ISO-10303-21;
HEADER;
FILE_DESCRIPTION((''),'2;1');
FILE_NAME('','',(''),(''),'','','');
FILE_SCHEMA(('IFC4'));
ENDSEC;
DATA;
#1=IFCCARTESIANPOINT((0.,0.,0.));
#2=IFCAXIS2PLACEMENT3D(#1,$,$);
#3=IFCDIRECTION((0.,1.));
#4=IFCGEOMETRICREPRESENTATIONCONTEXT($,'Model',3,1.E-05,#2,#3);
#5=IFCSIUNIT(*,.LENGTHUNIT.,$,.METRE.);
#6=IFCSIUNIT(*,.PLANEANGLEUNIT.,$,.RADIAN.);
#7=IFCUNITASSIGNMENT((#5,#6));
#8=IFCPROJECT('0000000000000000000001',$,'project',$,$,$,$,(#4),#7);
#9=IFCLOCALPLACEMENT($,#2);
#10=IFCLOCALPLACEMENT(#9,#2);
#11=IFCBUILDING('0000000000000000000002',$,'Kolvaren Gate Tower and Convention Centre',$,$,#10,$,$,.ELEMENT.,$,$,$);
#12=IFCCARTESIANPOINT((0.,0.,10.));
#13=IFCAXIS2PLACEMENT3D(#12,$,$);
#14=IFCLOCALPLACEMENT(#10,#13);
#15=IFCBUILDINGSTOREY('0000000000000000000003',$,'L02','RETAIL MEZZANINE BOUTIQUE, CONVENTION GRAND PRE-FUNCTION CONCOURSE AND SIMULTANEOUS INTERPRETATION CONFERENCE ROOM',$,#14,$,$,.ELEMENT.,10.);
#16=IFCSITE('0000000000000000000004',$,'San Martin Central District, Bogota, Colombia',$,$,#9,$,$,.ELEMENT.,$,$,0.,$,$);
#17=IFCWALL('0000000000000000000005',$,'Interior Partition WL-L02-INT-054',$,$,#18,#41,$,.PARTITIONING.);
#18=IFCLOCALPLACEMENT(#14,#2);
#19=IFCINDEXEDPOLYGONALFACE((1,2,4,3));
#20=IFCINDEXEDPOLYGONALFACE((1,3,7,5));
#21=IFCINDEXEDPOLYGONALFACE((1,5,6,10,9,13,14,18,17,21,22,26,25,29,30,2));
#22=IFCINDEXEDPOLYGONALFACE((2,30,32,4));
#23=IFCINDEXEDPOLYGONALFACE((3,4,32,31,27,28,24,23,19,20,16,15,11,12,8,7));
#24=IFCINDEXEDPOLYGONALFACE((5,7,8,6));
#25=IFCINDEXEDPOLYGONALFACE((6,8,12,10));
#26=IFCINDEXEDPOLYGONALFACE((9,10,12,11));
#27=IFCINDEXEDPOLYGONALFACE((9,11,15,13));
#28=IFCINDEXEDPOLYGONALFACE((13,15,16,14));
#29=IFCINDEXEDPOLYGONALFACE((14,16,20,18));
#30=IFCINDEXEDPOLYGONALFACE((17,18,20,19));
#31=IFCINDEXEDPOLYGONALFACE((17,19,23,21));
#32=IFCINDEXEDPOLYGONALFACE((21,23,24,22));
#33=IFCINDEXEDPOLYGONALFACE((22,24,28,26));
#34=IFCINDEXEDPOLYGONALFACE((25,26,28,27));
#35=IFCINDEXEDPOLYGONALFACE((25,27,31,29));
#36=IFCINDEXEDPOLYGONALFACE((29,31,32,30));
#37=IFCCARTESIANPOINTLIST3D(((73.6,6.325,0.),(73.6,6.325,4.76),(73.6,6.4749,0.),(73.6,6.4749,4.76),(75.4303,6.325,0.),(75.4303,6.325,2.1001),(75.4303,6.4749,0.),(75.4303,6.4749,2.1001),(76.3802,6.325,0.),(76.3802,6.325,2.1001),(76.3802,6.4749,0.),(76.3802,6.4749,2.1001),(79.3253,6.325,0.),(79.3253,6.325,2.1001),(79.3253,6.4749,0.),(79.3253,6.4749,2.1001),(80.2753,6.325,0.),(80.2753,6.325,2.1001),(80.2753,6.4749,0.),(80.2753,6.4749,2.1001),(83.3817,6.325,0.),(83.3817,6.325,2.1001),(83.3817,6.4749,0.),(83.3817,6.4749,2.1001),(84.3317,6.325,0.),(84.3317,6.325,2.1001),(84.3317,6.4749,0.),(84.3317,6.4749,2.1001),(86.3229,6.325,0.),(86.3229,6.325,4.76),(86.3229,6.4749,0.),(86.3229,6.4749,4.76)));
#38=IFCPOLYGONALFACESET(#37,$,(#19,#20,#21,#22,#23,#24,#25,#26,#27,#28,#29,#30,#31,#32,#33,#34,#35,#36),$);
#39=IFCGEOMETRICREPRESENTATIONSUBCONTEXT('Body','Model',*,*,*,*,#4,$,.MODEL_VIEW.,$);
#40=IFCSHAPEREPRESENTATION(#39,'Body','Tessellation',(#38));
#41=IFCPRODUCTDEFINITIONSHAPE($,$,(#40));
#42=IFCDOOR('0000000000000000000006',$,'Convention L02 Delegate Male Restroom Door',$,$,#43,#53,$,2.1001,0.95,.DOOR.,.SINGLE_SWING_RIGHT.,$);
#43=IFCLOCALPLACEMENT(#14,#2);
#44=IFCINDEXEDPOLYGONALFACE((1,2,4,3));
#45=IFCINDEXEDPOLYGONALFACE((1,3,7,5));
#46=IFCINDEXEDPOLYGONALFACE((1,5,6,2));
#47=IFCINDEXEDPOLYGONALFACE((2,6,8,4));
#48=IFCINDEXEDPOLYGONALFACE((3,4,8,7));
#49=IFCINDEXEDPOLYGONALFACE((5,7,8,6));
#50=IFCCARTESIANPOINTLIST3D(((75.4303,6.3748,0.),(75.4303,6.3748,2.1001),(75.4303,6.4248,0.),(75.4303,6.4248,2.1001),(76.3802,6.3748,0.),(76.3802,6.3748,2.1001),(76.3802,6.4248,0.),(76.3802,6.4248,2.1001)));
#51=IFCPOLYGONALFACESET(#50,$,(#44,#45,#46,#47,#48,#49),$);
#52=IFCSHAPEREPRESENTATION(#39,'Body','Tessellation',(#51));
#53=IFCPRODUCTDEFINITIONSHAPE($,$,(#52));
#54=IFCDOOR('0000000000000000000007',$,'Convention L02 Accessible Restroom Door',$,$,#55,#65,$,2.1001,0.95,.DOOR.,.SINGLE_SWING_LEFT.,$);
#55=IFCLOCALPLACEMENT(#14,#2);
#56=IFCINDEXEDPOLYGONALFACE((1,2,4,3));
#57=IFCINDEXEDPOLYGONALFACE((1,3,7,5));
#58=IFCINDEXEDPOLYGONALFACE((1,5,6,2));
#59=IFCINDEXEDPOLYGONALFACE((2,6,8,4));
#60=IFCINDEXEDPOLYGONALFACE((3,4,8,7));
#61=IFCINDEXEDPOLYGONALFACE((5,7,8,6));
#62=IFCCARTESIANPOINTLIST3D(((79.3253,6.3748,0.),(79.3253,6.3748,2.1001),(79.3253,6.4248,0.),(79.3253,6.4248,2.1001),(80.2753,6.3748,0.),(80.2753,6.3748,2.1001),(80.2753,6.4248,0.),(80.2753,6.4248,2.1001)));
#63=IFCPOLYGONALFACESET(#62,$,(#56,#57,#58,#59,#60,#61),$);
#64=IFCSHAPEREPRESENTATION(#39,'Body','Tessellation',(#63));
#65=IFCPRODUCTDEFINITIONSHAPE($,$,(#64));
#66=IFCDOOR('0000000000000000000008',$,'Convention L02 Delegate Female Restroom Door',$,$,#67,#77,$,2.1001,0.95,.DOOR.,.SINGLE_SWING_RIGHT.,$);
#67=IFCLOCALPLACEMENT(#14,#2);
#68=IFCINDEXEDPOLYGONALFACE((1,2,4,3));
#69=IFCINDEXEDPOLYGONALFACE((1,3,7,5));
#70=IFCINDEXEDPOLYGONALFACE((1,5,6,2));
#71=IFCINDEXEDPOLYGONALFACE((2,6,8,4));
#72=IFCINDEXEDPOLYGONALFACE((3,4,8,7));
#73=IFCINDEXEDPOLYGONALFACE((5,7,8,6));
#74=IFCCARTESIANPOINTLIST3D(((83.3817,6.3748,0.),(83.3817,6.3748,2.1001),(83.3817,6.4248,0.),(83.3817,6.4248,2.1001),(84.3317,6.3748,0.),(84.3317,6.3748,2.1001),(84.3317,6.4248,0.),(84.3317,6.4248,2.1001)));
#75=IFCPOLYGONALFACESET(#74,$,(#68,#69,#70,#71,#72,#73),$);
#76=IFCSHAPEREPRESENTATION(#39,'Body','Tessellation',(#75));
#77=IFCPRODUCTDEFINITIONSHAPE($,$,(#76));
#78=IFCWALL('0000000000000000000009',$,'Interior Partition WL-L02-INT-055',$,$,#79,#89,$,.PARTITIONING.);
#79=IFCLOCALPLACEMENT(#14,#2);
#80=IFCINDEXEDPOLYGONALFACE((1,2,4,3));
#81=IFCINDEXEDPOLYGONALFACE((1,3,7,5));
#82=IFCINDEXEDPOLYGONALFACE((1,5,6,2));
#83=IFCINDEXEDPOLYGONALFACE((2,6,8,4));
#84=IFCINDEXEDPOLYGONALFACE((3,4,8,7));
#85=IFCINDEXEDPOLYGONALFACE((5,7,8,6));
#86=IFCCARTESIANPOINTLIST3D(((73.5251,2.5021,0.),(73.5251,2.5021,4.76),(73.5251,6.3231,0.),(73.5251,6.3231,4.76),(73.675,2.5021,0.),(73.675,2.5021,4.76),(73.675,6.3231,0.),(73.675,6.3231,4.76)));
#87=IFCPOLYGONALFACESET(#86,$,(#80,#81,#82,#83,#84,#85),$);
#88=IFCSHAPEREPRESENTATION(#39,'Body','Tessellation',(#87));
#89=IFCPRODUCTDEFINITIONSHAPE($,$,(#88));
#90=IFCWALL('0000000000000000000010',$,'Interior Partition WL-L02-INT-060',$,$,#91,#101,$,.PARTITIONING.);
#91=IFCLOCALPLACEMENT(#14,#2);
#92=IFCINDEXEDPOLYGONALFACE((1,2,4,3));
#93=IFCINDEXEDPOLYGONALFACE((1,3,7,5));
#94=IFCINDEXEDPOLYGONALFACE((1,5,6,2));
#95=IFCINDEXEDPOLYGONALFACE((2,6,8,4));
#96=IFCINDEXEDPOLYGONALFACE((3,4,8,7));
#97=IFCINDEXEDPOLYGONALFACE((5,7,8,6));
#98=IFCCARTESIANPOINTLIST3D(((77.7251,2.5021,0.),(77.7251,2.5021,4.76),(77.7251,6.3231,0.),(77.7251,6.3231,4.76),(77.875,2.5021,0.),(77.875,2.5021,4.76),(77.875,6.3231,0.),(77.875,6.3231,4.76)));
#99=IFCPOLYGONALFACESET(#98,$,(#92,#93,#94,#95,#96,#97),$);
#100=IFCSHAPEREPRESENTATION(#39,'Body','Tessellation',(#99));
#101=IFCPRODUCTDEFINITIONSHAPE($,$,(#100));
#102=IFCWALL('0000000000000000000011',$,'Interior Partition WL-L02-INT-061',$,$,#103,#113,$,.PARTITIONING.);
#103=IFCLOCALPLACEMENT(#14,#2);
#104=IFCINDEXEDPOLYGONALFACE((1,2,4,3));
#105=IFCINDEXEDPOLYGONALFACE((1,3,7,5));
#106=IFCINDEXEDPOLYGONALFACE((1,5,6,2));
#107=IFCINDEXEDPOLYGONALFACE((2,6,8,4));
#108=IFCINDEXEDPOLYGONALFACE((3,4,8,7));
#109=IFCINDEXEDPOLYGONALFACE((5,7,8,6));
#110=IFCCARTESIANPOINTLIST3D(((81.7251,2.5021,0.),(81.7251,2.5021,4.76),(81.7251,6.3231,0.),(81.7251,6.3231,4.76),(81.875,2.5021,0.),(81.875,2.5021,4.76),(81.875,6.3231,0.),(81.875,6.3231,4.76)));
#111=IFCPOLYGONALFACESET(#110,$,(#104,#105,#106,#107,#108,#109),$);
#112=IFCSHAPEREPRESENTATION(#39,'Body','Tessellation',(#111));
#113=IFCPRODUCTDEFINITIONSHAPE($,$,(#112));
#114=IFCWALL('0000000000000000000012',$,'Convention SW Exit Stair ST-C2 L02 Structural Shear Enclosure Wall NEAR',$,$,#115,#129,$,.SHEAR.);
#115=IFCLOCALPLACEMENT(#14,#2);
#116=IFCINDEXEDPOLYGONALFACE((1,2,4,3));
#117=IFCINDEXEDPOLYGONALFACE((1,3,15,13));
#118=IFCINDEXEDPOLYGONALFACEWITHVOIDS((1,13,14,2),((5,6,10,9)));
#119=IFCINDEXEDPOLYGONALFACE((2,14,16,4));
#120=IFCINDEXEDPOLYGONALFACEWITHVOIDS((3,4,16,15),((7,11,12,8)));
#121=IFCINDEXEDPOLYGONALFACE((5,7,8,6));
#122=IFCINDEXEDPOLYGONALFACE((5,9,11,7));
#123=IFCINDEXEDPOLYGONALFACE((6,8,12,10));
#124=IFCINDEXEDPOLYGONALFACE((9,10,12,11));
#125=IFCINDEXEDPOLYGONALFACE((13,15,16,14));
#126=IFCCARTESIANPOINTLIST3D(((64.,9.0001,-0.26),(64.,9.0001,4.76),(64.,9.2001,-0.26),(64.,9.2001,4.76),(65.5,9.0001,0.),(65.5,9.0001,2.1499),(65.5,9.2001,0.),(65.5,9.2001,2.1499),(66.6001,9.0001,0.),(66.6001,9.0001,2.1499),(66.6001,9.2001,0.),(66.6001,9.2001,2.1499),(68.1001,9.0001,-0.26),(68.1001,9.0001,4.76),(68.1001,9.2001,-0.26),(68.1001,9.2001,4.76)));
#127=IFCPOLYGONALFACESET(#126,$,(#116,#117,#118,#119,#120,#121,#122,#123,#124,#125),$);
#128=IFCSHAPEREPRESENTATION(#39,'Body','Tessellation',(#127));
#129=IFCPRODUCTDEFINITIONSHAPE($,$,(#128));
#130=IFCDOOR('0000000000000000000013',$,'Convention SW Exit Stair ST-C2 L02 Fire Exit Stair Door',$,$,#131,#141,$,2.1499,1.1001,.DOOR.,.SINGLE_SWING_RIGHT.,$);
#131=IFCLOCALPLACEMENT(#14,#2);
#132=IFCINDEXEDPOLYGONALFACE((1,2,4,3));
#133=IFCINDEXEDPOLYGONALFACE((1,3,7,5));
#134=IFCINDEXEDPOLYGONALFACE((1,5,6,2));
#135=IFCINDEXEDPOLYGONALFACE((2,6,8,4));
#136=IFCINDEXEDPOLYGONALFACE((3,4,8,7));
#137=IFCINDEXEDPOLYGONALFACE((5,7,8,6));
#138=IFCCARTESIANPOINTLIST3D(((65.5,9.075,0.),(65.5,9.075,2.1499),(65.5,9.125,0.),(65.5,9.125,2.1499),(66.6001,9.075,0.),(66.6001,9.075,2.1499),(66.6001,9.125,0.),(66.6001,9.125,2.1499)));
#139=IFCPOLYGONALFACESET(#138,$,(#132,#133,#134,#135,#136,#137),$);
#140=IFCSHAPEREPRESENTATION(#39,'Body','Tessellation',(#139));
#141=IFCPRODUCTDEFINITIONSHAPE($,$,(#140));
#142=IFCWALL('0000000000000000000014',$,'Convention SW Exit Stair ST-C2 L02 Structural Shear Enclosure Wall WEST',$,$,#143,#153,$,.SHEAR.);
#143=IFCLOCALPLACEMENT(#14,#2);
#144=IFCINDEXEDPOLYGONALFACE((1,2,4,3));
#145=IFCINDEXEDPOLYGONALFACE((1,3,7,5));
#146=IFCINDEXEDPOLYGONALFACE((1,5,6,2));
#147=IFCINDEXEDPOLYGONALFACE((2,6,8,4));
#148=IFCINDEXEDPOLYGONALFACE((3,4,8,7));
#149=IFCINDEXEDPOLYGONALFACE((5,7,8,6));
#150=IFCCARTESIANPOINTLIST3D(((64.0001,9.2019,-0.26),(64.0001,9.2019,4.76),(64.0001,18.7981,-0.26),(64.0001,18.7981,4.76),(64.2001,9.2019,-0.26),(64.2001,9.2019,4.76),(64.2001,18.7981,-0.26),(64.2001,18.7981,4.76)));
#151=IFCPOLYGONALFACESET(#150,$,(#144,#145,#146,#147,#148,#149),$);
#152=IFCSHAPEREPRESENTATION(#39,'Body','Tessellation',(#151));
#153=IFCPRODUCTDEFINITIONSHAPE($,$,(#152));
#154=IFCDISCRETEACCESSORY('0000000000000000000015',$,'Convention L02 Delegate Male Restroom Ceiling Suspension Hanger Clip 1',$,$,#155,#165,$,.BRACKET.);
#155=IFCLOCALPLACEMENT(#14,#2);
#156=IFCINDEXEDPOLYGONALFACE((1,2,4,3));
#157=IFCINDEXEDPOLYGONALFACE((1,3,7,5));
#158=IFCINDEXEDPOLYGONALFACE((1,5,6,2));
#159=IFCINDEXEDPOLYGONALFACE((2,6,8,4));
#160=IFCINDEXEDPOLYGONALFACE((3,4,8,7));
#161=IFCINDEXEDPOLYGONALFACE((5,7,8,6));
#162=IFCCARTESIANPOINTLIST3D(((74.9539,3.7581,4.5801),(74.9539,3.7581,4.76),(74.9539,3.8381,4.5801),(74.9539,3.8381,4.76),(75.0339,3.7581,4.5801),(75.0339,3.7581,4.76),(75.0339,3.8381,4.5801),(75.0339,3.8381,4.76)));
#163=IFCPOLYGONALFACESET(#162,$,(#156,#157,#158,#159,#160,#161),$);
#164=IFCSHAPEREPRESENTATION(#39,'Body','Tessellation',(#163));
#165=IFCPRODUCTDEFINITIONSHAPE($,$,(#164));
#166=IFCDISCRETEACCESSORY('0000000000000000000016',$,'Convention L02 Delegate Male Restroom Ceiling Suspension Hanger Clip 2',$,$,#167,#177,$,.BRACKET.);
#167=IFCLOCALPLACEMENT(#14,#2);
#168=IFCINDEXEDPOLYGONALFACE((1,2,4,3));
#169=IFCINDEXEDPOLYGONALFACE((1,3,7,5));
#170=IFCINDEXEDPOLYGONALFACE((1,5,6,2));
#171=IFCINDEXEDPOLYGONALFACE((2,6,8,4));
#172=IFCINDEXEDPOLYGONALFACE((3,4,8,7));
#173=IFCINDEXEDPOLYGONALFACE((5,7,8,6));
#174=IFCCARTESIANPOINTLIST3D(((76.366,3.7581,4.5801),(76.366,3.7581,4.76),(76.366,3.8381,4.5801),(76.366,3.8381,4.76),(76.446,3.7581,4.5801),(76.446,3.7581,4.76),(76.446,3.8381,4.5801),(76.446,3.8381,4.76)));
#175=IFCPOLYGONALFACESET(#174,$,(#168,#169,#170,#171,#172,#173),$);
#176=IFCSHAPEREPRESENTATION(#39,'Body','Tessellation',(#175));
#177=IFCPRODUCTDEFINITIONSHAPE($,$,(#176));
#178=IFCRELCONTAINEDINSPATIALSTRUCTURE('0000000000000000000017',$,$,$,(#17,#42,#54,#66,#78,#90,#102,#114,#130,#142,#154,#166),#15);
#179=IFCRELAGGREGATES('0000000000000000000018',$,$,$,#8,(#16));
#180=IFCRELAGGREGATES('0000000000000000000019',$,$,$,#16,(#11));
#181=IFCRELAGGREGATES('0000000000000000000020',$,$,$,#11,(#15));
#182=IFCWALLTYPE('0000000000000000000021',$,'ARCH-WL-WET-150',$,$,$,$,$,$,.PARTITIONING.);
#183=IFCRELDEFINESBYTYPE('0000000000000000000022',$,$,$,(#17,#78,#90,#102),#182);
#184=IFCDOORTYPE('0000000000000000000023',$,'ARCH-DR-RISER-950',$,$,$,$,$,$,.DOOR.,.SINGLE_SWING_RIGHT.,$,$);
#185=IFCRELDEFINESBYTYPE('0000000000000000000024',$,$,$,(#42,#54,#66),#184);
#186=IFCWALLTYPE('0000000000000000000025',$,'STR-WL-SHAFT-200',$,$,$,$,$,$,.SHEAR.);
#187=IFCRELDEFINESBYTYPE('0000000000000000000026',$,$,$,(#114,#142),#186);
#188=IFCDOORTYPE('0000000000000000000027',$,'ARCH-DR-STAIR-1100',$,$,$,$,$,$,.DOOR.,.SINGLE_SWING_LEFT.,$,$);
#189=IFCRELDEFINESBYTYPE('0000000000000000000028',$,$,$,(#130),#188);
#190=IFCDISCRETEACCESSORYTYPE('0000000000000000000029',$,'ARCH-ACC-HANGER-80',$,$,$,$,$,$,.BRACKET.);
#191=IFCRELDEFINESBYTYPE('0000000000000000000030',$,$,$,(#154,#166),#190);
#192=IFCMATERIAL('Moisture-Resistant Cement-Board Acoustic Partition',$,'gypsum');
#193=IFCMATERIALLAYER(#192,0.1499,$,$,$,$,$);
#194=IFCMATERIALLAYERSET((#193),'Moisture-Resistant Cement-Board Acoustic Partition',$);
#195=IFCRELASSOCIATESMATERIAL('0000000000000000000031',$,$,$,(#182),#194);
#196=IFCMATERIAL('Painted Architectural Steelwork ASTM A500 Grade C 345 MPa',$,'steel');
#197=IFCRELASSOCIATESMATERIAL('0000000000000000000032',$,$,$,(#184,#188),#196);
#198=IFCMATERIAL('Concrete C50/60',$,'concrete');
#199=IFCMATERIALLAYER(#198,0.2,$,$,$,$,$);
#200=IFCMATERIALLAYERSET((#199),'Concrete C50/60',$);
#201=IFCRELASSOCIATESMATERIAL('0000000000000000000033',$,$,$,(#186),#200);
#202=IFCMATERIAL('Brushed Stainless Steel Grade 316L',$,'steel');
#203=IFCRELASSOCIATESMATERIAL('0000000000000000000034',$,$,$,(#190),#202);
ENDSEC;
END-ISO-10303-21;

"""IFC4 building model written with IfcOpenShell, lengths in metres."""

from ifc_helpers import new_model, si_unit, direction, frame, frame_2d, origin, origin_2d, place, context, subcontext, project, spatial, rectangle, extrude, material, layer, layer_set, type_object, element, fill, save


model = new_model("IFC4")

# Units and contexts
model_context = context("Model", 3, precision=1e-05, world=origin(), true_north=direction((0.0, 1.0)))
body_context = subcontext(model_context, "Body", "Model", "MODEL_VIEW")
ifc_project = project(units=[si_unit("LENGTHUNIT", "METRE"), si_unit("PLANEANGLEUNIT", "RADIAN")], contexts=[model_context])

# Site, building, storey
site_placement = place(None, origin())
site = spatial("IfcSite", under=ifc_project, at=site_placement, Name="San Martin Central District, Bogota, Colombia", CompositionType="ELEMENT", RefElevation=0.0)
building_placement = place(site_placement, origin())
building = spatial("IfcBuilding", under=site, at=building_placement, Name="Kolvaren Gate Tower and Convention Centre", CompositionType="ELEMENT")
storey_placement = place(building_placement, frame((0.0, 0.0, 10.0)))
storey = spatial("IfcBuildingStorey", under=building, at=storey_placement, Name="L02", Description="RETAIL MEZZANINE BOUTIQUE, CONVENTION GRAND PRE-FUNCTION CONCOURSE AND SIMULTANEOUS INTERPRETATION CONFERENCE ROOM", CompositionType="ELEMENT", Elevation=10.0)

# Wall, openings, doors
ifc_material_1 = material(Name="Moisture-Resistant Cement-Board Acoustic Partition", Category="gypsum")
ifc_layer_1 = layer(ifc_material_1, 0.1499)
ifc_layer_set_1 = layer_set([ifc_layer_1], Name="Moisture-Resistant Cement-Board Acoustic Partition")
wall_type_1 = type_object("IfcWallType", Name="ARCH-WL-WET-150", PredefinedType="PARTITIONING", material=ifc_layer_set_1)
wall_1_placement = place(storey_placement, frame((73.6001, 6.3999, 0.0), z_axis=(0.0, 0.0, 1.0), x_axis=(1.0, 0.0, 0.0)))
wall_1 = element("IfcWall", 1, at=wall_1_placement, inside=storey, type_object=wall_type_1, Name="Interior Partition WL-L02-INT-054", PredefinedType="PARTITIONING", context=body_context, shape_type="SweptSolid", body=[
    extrude(rectangle(XDim=12.7229, YDim=0.1499, at=frame_2d((6.3613, 0.0))), origin(), (0.0, 0.0, 1.0), 4.76),
])
opening_1_placement = place(wall_1_placement, frame((1.8301, 0.0, 0.0)))
opening_1 = element("IfcOpeningElement", 2, at=opening_1_placement, cuts=wall_1, PredefinedType="OPENING", context=body_context, shape_type="SweptSolid", body=[
    extrude(rectangle(XDim=0.95, YDim=2.1001, at=frame_2d((0.4751, 1.05))), frame((0.0, 0.085, 0.0), z_axis=(0.0, -1.0, 0.0), x_axis=(1.0, 0.0, 0.0)), (0.0, 0.0, 1.0), 0.1699),
])
opening_2_placement = place(wall_1_placement, frame((5.7251, 0.0, 0.0)))
opening_2 = element("IfcOpeningElement", 3, at=opening_2_placement, cuts=wall_1, PredefinedType="OPENING", context=body_context, shape_type="SweptSolid", body=[
    extrude(rectangle(XDim=0.95, YDim=2.1001, at=frame_2d((0.4751, 1.05))), frame((0.0, 0.085, 0.0), z_axis=(0.0, -1.0, 0.0), x_axis=(1.0, 0.0, 0.0)), (0.0, 0.0, 1.0), 0.1699),
])
opening_3_placement = place(wall_1_placement, frame((9.7815, 0.0, 0.0)))
opening_3 = element("IfcOpeningElement", 4, at=opening_3_placement, cuts=wall_1, PredefinedType="OPENING", context=body_context, shape_type="SweptSolid", body=[
    extrude(rectangle(XDim=0.95, YDim=2.1001, at=frame_2d((0.4751, 1.05))), frame((0.0, 0.085, 0.0), z_axis=(0.0, -1.0, 0.0), x_axis=(1.0, 0.0, 0.0)), (0.0, 0.0, 1.0), 0.1699),
])
ifc_material_2 = material(Name="Painted Architectural Steelwork ASTM A500 Grade C 345 MPa", Category="steel")
door_type_1 = type_object("IfcDoorType", Name="ARCH-DR-RISER-950", OperationType="SINGLE_SWING_RIGHT", PredefinedType="DOOR", material=ifc_material_2)
door_1_placement = place(opening_1_placement, origin())
door_1 = element("IfcDoor", 5, at=door_1_placement, inside=storey, type_object=door_type_1, Name="Convention L02 Delegate Male Restroom Door", OperationType="SINGLE_SWING_RIGHT", OverallHeight=2.1001, OverallWidth=0.95, PredefinedType="DOOR", context=body_context, shape_type="SweptSolid", body=[
    extrude(rectangle(XDim=0.95, YDim=2.1001, at=frame_2d((0.4751, 1.05))), frame((0.0, 0.0249, 0.0), z_axis=(0.0, -1.0, 0.0), x_axis=(1.0, 0.0, 0.0)), (0.0, 0.0, 1.0), 0.05),
])
fill(opening_1, door_1)
door_2_placement = place(opening_2_placement, origin())
door_2 = element("IfcDoor", 6, at=door_2_placement, inside=storey, type_object=door_type_1, Name="Convention L02 Accessible Restroom Door", OperationType="SINGLE_SWING_LEFT", OverallHeight=2.1001, OverallWidth=0.95, PredefinedType="DOOR", context=body_context, shape_type="SweptSolid", body=[
    extrude(rectangle(XDim=0.95, YDim=2.1001, at=frame_2d((0.4751, 1.05))), frame((0.0, 0.0249, 0.0), z_axis=(0.0, -1.0, 0.0), x_axis=(1.0, 0.0, 0.0)), (0.0, 0.0, 1.0), 0.05),
])
fill(opening_2, door_2)
door_3_placement = place(opening_3_placement, origin())
door_3 = element("IfcDoor", 7, at=door_3_placement, inside=storey, type_object=door_type_1, Name="Convention L02 Delegate Female Restroom Door", OperationType="SINGLE_SWING_RIGHT", OverallHeight=2.1001, OverallWidth=0.95, PredefinedType="DOOR", context=body_context, shape_type="SweptSolid", body=[
    extrude(rectangle(XDim=0.95, YDim=2.1001, at=frame_2d((0.4751, 1.05))), frame((0.0, 0.0249, 0.0), z_axis=(0.0, -1.0, 0.0), x_axis=(1.0, 0.0, 0.0)), (0.0, 0.0, 1.0), 0.05),
])
fill(opening_3, door_3)

# Walls
for number, where, z_axis, x_axis, name in (
    (8, (73.6001, 2.502, 0.0), (0.0, 0.0, 1.0), (0.0, 1.0, 0.0), "Interior Partition WL-L02-INT-055"),
    (9, (77.8, 2.502, 0.0), (0.0, 0.0, 1.0), (0.0, 1.0, 0.0), "Interior Partition WL-L02-INT-060"),
    (10, (81.8, 2.502, 0.0), (0.0, 0.0, 1.0), (0.0, 1.0, 0.0), "Interior Partition WL-L02-INT-061"),
):
    element("IfcWall", number, at=place(storey_placement, frame(where, z_axis=z_axis, x_axis=x_axis)), inside=storey, type_object=wall_type_1, Name=name, PredefinedType="PARTITIONING", context=body_context, shape_type="SweptSolid", body=[
        extrude(rectangle(XDim=3.821, YDim=0.1499, at=frame_2d((1.9106, 0.0))), origin(), (0.0, 0.0, 1.0), 4.76),
    ])

# Wall, opening, door
ifc_material_3 = material(Name="Concrete C50/60", Category="concrete")
ifc_layer_2 = layer(ifc_material_3, 0.2)
ifc_layer_set_2 = layer_set([ifc_layer_2], Name="Concrete C50/60")
wall_type_2 = type_object("IfcWallType", Name="STR-WL-SHAFT-200", PredefinedType="SHEAR", material=ifc_layer_set_2)
wall_2_placement = place(storey_placement, frame((64.0, 9.1001, -0.26), z_axis=(0.0, 0.0, 1.0), x_axis=(1.0, 0.0, 0.0)))
wall_2 = element("IfcWall", 11, at=wall_2_placement, inside=storey, type_object=wall_type_2, Name="Convention SW Exit Stair ST-C2 L02 Structural Shear Enclosure Wall NEAR", PredefinedType="SHEAR", context=body_context, shape_type="SweptSolid", body=[
    extrude(rectangle(XDim=4.1001, YDim=0.2, at=frame_2d((2.05, 0.0))), origin(), (0.0, 0.0, 1.0), 5.02),
])
opening_4_placement = place(wall_2_placement, frame((1.5, 0.0, 0.26)))
opening_4 = element("IfcOpeningElement", 12, at=opening_4_placement, cuts=wall_2, PredefinedType="OPENING", context=body_context, shape_type="SweptSolid", body=[
    extrude(rectangle(XDim=1.1001, YDim=2.1499, at=frame_2d((0.55, 1.075))), frame((0.0, 0.1099, 0.0), z_axis=(0.0, -1.0, 0.0), x_axis=(1.0, 0.0, 0.0)), (0.0, 0.0, 1.0), 0.22),
])
door_type_2 = type_object("IfcDoorType", Name="ARCH-DR-STAIR-1100", OperationType="SINGLE_SWING_LEFT", PredefinedType="DOOR", material=ifc_material_2)
door_4_placement = place(opening_4_placement, origin())
door_4 = element("IfcDoor", 13, at=door_4_placement, inside=storey, type_object=door_type_2, Name="Convention SW Exit Stair ST-C2 L02 Fire Exit Stair Door", OperationType="SINGLE_SWING_RIGHT", OverallHeight=2.1499, OverallWidth=1.1001, PredefinedType="DOOR", context=body_context, shape_type="SweptSolid", body=[
    extrude(rectangle(XDim=1.1001, YDim=2.1499, at=frame_2d((0.55, 1.075))), frame((0.0, 0.0249, 0.0), z_axis=(0.0, -1.0, 0.0), x_axis=(1.0, 0.0, 0.0)), (0.0, 0.0, 1.0), 0.05),
])
fill(opening_4, door_4)

# Wall
wall_3_placement = place(storey_placement, frame((64.1001, 9.2019, -0.26), z_axis=(0.0, 0.0, 1.0), x_axis=(0.0, 1.0, 0.0)))
element("IfcWall", 14, at=wall_3_placement, inside=storey, type_object=wall_type_2, Name="Convention SW Exit Stair ST-C2 L02 Structural Shear Enclosure Wall WEST", PredefinedType="SHEAR", context=body_context, shape_type="SweptSolid", body=[
    extrude(rectangle(XDim=9.5962, YDim=0.2, at=frame_2d((4.7981, 0.0))), origin(), (0.0, 0.0, 1.0), 5.02),
])

# Discrete accessories
ifc_material_4 = material(Name="Brushed Stainless Steel Grade 316L", Category="steel")
discrete_accessory_type = type_object("IfcDiscreteAccessoryType", Name="ARCH-ACC-HANGER-80", PredefinedType="BRACKET", material=ifc_material_4)
for number, where, z_axis, x_axis, name in (
    (15, (74.9939, 3.7981, 4.5801), (0.0, 0.0, 1.0), (1.0, 0.0, 0.0), "Convention L02 Delegate Male Restroom Ceiling Suspension Hanger Clip 1"),
    (16, (76.406, 3.7981, 4.5801), (0.0, 0.0, 1.0), (1.0, 0.0, 0.0), "Convention L02 Delegate Male Restroom Ceiling Suspension Hanger Clip 2"),
):
    element("IfcDiscreteAccessory", number, at=place(storey_placement, frame(where, z_axis=z_axis, x_axis=x_axis)), inside=storey, type_object=discrete_accessory_type, Name=name, PredefinedType="BRACKET", context=body_context, shape_type="SweptSolid", body=[
        extrude(rectangle(XDim=0.0801, YDim=0.0801, at=origin_2d()), origin(), (0.0, 0.0, 1.0), 0.1799),
    ])

save(model, "model.ifc")
